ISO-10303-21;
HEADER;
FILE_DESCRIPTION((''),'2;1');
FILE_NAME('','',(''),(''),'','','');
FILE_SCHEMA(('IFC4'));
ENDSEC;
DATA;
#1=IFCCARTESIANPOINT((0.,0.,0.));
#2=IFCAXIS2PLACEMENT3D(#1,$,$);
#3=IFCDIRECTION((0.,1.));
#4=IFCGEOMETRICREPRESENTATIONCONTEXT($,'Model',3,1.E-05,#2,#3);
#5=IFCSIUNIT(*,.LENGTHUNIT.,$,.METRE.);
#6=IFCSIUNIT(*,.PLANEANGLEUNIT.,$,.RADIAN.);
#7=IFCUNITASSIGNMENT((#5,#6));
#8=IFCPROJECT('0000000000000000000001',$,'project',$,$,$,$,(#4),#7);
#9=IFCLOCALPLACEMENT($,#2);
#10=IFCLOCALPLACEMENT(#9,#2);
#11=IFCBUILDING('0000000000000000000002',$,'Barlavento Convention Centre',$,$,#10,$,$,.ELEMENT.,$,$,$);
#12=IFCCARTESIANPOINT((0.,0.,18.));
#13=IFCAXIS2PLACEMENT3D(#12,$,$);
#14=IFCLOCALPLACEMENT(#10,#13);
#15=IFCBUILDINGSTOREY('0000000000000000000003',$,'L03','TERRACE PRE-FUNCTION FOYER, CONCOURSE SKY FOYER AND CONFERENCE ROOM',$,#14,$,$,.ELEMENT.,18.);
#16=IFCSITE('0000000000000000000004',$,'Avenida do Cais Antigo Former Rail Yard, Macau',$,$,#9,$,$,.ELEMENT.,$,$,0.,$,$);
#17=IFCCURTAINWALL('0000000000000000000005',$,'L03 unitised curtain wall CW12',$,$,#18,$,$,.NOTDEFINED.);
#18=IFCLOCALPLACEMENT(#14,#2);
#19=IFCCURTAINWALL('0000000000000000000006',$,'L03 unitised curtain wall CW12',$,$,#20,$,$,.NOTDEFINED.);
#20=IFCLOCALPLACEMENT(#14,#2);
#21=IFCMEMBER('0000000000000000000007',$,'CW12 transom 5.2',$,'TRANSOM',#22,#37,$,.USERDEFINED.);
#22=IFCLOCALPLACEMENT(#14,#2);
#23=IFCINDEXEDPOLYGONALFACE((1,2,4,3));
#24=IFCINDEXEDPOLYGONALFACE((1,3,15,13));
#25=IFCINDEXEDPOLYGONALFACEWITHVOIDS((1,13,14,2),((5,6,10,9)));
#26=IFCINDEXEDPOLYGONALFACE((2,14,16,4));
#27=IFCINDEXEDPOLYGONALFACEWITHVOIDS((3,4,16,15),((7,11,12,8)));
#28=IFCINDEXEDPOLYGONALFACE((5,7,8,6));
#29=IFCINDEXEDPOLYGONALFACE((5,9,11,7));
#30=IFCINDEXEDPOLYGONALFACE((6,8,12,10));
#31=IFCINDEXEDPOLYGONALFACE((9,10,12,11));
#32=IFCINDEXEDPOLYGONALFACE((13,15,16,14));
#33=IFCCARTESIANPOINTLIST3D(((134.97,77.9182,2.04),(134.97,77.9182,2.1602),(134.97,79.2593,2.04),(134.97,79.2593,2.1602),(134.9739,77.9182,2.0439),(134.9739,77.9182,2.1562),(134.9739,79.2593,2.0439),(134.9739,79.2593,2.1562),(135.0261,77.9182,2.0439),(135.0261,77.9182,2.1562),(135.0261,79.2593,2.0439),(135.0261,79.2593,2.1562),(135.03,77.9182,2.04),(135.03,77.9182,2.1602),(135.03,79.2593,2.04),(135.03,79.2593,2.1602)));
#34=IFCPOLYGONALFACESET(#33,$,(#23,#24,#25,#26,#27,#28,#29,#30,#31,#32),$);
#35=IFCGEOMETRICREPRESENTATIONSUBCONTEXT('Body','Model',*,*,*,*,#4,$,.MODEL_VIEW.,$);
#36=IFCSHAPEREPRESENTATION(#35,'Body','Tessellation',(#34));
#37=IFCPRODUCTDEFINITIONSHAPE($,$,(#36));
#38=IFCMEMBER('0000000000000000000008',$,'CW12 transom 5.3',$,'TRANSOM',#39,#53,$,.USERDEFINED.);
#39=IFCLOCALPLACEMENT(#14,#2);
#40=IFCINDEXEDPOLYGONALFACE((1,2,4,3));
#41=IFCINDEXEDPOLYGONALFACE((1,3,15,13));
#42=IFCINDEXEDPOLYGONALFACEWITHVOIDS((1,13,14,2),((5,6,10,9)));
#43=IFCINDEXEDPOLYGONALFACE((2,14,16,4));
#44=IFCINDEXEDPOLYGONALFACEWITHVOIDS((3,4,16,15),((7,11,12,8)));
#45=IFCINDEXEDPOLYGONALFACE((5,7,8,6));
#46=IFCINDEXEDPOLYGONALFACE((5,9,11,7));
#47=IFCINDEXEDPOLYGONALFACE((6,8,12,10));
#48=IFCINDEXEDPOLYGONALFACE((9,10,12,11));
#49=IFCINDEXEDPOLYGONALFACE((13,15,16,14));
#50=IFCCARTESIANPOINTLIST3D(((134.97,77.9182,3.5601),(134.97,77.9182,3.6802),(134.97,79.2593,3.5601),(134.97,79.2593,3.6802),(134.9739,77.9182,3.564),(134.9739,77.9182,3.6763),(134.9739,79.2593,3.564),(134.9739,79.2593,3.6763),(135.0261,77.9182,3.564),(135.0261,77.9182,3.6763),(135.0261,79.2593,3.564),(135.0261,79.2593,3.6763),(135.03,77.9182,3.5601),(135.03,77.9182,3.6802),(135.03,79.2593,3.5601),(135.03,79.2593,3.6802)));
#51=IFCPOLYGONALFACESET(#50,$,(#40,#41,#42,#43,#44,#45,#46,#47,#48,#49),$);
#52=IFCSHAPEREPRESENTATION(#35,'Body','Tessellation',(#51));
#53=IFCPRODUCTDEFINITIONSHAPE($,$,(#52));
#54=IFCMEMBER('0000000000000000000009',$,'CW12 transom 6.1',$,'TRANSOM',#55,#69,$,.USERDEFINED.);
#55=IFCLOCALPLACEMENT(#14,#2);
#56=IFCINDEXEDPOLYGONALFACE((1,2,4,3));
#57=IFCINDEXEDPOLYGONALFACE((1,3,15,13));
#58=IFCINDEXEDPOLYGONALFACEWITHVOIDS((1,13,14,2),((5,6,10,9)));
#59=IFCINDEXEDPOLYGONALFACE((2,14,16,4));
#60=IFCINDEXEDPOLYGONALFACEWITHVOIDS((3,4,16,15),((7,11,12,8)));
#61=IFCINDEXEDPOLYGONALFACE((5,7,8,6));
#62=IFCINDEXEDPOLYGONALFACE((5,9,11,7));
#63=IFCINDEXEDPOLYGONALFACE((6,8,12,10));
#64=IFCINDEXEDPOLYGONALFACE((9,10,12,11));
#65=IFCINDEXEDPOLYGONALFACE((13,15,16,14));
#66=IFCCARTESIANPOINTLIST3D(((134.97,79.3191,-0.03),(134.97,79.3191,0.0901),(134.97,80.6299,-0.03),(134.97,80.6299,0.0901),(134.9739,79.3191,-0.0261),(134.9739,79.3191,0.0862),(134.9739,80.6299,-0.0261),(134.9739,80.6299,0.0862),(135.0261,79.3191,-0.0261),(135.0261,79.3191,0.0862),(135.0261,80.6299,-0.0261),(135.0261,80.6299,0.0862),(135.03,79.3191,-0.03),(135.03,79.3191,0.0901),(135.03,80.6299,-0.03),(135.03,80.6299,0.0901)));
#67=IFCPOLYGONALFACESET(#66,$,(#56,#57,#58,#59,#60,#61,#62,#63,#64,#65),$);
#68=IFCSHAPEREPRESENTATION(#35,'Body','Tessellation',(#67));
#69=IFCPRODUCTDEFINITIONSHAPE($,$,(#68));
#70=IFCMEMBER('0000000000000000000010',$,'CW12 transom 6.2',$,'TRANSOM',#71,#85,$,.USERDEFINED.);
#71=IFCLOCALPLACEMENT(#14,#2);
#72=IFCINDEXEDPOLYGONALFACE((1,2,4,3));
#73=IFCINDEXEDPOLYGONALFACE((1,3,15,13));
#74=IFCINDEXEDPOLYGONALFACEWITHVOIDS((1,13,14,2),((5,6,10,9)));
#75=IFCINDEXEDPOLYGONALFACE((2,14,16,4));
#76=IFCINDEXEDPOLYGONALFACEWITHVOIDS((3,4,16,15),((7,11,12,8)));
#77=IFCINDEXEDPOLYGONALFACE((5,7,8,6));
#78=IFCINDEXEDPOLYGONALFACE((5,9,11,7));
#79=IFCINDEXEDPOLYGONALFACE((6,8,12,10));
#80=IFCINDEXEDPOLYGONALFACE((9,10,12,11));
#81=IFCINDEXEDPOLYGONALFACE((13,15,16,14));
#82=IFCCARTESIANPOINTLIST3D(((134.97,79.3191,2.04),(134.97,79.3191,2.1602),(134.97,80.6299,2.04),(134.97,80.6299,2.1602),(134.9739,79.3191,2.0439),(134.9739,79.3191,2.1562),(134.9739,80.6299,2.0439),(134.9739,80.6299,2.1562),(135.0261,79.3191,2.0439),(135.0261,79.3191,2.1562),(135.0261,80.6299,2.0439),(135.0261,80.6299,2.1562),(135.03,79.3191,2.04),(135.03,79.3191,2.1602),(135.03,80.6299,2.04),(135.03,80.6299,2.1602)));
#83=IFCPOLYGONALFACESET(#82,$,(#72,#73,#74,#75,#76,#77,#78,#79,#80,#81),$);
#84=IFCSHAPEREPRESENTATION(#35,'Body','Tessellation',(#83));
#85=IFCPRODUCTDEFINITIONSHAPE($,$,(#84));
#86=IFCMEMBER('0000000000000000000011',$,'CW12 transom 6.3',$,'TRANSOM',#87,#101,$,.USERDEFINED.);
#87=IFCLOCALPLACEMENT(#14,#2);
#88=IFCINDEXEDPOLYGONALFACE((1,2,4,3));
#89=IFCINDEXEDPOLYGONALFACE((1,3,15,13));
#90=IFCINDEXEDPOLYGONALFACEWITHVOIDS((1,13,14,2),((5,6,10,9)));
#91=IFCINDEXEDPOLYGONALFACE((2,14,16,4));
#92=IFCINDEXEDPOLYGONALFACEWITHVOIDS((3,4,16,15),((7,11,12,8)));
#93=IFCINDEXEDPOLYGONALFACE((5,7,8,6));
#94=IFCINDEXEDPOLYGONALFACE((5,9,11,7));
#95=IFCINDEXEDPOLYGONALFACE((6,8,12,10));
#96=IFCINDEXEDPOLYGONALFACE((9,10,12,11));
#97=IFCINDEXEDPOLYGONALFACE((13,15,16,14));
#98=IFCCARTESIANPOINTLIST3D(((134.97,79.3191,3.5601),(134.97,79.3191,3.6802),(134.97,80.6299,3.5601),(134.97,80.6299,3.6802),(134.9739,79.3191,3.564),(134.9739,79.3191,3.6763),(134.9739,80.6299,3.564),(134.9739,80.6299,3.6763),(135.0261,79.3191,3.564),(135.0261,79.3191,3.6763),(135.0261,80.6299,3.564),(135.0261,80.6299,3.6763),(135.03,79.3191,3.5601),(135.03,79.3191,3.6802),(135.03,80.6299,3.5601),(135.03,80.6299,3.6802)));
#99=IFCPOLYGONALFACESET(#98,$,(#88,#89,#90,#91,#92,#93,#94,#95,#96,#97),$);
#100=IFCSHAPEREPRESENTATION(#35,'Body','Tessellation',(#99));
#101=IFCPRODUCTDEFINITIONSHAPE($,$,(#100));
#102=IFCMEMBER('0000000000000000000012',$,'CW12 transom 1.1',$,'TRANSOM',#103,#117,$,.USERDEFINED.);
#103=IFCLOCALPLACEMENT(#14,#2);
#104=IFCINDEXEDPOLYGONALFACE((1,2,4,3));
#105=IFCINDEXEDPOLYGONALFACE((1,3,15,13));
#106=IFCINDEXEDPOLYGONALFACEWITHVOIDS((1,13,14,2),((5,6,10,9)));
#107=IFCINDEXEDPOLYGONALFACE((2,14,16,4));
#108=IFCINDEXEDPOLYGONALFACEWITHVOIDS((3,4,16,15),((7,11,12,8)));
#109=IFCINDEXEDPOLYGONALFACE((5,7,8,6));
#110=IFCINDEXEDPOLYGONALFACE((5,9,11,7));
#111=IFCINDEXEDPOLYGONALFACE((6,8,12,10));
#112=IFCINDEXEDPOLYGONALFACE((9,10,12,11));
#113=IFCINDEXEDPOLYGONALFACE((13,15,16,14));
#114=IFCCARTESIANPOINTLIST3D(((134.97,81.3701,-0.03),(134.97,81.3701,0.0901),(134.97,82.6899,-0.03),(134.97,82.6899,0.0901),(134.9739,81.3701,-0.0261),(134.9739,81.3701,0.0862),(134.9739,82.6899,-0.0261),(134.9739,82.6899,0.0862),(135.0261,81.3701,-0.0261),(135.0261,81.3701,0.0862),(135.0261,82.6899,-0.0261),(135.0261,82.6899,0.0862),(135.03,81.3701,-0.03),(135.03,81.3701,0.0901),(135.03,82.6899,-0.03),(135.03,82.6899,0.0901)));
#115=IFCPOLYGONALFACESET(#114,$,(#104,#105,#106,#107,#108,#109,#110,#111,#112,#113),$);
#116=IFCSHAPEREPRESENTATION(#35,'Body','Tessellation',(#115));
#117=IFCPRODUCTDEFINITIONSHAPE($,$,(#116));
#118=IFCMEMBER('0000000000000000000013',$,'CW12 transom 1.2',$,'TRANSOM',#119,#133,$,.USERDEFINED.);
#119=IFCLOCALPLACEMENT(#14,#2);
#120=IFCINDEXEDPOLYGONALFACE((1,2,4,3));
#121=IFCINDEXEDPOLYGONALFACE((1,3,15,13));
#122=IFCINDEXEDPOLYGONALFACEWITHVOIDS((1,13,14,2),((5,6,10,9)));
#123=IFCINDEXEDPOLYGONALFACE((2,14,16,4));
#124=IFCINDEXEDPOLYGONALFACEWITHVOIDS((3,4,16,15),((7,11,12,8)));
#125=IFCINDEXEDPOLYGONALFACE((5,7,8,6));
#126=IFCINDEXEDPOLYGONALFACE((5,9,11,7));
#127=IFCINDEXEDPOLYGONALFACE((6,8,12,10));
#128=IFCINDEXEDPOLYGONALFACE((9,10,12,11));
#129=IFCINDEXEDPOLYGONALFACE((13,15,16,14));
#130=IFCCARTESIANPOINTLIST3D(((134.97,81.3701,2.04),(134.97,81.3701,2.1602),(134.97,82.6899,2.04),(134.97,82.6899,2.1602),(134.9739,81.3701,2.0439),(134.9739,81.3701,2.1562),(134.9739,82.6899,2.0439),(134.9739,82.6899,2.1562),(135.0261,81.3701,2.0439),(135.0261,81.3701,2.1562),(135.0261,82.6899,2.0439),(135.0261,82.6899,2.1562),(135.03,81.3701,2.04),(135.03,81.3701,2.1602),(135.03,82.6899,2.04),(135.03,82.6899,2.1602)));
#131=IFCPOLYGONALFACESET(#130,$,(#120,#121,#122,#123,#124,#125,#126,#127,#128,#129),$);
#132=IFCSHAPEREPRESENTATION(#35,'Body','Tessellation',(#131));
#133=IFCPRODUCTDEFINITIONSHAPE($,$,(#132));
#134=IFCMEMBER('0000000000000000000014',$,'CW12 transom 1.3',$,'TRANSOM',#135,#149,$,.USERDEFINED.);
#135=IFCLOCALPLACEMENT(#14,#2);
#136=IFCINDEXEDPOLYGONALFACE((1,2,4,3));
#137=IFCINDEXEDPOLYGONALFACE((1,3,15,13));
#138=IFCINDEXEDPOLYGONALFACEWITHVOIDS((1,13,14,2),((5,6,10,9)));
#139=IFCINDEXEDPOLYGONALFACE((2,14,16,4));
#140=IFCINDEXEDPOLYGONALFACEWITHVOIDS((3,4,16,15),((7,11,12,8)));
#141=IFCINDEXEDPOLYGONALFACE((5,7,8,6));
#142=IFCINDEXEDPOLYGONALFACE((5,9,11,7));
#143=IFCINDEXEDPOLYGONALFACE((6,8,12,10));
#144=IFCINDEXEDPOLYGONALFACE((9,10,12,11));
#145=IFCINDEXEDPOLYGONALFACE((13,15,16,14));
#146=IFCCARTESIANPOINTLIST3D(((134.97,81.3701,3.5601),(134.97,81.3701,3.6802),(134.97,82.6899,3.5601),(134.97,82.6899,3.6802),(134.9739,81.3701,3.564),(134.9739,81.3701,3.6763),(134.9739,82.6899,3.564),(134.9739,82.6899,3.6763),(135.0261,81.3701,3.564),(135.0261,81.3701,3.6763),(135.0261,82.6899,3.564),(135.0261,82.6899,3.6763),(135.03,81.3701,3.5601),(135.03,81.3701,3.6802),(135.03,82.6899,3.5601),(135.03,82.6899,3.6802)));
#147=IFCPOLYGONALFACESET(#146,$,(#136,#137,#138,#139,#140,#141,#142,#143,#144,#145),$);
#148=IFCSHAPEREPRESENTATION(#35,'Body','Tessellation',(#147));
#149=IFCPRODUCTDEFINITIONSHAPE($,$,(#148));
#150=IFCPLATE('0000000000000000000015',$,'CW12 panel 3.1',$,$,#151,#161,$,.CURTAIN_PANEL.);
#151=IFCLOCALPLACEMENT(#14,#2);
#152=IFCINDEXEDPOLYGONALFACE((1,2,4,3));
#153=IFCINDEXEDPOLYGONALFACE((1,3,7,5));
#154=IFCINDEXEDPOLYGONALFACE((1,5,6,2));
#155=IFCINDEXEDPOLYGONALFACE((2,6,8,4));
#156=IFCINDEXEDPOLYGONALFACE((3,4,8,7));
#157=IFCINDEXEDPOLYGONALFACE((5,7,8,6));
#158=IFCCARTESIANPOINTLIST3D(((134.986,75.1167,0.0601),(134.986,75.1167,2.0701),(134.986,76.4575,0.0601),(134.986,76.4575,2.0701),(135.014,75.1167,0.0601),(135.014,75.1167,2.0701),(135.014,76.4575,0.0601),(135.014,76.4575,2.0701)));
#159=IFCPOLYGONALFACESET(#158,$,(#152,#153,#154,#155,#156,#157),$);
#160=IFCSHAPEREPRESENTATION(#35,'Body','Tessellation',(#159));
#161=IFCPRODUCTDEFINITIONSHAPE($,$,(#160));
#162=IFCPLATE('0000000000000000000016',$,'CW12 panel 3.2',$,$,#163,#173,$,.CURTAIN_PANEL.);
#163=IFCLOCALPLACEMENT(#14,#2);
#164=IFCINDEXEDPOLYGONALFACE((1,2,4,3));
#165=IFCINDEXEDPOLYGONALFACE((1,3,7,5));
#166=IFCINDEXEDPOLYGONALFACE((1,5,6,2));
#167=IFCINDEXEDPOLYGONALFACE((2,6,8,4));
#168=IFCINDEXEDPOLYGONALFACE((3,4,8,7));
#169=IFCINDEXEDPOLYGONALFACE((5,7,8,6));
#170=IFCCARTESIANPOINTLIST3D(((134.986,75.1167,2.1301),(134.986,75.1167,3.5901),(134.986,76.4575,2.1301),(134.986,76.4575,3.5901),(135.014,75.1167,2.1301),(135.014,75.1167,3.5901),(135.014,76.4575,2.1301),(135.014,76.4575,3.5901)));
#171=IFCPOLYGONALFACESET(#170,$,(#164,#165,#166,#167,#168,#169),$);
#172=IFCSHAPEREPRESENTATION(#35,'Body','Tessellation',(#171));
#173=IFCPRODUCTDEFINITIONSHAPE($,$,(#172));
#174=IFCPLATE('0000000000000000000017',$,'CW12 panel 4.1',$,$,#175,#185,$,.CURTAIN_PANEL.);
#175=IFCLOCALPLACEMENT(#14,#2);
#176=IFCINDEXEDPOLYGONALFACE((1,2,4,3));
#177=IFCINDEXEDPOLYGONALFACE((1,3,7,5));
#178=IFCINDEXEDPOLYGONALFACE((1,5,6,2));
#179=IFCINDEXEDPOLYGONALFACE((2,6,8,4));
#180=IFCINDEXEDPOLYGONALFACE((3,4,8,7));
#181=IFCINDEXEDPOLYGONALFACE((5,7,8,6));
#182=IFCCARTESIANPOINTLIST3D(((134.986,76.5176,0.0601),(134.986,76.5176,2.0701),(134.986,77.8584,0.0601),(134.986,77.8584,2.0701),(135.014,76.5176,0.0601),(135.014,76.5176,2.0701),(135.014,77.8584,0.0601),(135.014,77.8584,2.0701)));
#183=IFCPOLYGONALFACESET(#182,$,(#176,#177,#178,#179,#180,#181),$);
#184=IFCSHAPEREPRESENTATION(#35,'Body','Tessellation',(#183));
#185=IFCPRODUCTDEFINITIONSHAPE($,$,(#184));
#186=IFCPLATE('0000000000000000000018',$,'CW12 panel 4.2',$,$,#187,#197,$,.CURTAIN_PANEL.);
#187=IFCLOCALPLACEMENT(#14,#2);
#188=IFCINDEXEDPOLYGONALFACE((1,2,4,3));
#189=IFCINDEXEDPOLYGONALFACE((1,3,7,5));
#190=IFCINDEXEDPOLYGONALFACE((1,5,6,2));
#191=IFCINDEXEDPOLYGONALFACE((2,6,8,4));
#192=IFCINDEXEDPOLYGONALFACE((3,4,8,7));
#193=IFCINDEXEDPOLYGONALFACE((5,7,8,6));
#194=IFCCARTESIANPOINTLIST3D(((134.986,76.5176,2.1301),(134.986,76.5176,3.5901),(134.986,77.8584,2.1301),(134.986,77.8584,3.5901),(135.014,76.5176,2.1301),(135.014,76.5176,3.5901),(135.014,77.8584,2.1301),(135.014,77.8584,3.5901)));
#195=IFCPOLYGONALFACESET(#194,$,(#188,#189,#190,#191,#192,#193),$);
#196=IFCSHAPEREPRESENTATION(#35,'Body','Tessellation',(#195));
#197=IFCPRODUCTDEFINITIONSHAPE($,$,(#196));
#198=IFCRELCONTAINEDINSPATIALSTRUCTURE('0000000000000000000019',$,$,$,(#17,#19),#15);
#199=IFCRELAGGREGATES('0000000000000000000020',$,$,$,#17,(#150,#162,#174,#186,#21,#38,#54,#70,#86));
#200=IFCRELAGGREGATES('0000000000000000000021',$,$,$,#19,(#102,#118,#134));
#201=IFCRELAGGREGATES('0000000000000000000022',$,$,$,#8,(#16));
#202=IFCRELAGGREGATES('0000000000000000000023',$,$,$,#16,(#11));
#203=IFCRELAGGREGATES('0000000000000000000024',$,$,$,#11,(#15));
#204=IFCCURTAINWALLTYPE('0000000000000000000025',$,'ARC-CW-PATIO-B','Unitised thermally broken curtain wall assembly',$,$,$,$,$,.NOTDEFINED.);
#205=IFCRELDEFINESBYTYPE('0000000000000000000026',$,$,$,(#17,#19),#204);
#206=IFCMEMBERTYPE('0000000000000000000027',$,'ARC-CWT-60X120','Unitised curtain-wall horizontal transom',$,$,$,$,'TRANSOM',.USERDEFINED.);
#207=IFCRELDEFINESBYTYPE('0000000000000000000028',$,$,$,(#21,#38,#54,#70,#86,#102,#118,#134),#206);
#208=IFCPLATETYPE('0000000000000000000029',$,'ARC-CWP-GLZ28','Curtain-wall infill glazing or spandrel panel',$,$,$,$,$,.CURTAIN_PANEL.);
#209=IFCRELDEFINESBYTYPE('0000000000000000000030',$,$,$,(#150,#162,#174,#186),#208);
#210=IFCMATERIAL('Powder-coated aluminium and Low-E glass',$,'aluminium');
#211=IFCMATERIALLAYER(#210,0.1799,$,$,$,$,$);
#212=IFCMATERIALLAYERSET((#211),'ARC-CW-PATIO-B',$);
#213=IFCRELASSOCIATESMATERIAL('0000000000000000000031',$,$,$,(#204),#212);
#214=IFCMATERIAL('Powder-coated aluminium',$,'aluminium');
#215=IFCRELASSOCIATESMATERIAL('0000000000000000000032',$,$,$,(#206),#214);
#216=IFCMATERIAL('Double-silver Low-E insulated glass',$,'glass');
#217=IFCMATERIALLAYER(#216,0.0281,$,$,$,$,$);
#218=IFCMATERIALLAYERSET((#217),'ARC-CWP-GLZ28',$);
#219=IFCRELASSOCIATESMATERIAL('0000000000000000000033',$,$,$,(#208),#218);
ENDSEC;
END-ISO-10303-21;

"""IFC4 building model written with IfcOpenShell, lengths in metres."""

from ifc_helpers import new_model, si_unit, direction, frame, origin, origin_2d, place, context, subcontext, project, spatial, rectangle, hollow_rectangle, extrude, material, layer, layer_set, material_profile, profile_set, type_object, element, aggregate, save


model = new_model("IFC4")

# Units and contexts
model_context = context("Model", 3, precision=1e-05, world=origin(), true_north=direction((0.0, 1.0)))
body_context = subcontext(model_context, "Body", "Model", "MODEL_VIEW")
ifc_project = project(units=[si_unit("LENGTHUNIT", "METRE"), si_unit("PLANEANGLEUNIT", "RADIAN")], contexts=[model_context])

# Site, building, storey
site_placement = place(None, origin())
site = spatial("IfcSite", under=ifc_project, at=site_placement, Name="Avenida do Cais Antigo Former Rail Yard, Macau", CompositionType="ELEMENT", RefElevation=0.0)
building_placement = place(site_placement, origin())
building = spatial("IfcBuilding", under=site, at=building_placement, Name="Barlavento Convention Centre", CompositionType="ELEMENT")
storey_placement = place(building_placement, frame((0.0, 0.0, 18.0)))
storey = spatial("IfcBuildingStorey", under=building, at=storey_placement, Name="L03", Description="TERRACE PRE-FUNCTION FOYER, CONCOURSE SKY FOYER AND CONFERENCE ROOM", CompositionType="ELEMENT", Elevation=18.0)

# Curtain wall
ifc_material_1 = material(Name="Powder-coated aluminium and Low-E glass", Category="aluminium")
ifc_layer_1 = layer(ifc_material_1, 0.1799)
ifc_layer_set_1 = layer_set([ifc_layer_1], Name="ARC-CW-PATIO-B")
curtain_wall_type = type_object("IfcCurtainWallType", Name="ARC-CW-PATIO-B", Description="Unitised thermally broken curtain wall assembly", PredefinedType="NOTDEFINED", material=ifc_layer_set_1)
curtain_wall_1_placement = place(storey_placement, origin())
curtain_wall_1 = element("IfcCurtainWall", 1, at=curtain_wall_1_placement, inside=storey, type_object=curtain_wall_type, Name="L03 unitised curtain wall CW12", PredefinedType="NOTDEFINED")
ifc_material_2 = material(Name="Powder-coated aluminium", Category="aluminium")

# Curtain wall
curtain_wall_2_placement = place(storey_placement, origin())
curtain_wall_2 = element("IfcCurtainWall", 2, at=curtain_wall_2_placement, inside=storey, type_object=curtain_wall_type, Name="L03 unitised curtain wall CW12", PredefinedType="NOTDEFINED")

# Members
ifc_material_profile_1 = material_profile(ifc_material_2, hollow_rectangle(XDim=0.0601, YDim=0.1201, WallThickness=0.0039, at=origin_2d()), Name="AL-TRAN 60x120x4")
ifc_profile_set_1 = profile_set([ifc_material_profile_1], Name="Powder-coated aluminium")
member_type_1 = type_object("IfcMemberType", Name="ARC-CWT-60X120", Description="Unitised curtain-wall horizontal transom", ElementType="TRANSOM", PredefinedType="USERDEFINED", material=ifc_profile_set_1)
member_1_placement = place(storey_placement, frame((135.0, 77.9182, 2.1001), z_axis=(0.0, 1.0, 0.0), x_axis=(-1.0, 0.0, 0.0)))
member_1 = element("IfcMember", 3, at=member_1_placement, type_object=member_type_1, Name="CW12 transom 5.2", ObjectType="TRANSOM", PredefinedType="USERDEFINED", context=body_context, shape_type="SweptSolid", body=[
    extrude(hollow_rectangle(XDim=0.0601, YDim=0.1201, WallThickness=0.0039, at=origin_2d()), origin(), (0.0, 0.0, 1.0), 1.3411),
])
member_2_placement = place(storey_placement, frame((135.0, 77.9182, 3.6201), z_axis=(0.0, 1.0, 0.0), x_axis=(-1.0, 0.0, 0.0)))
member_2 = element("IfcMember", 4, at=member_2_placement, type_object=member_type_1, Name="CW12 transom 5.3", ObjectType="TRANSOM", PredefinedType="USERDEFINED", context=body_context, shape_type="SweptSolid", body=[
    extrude(hollow_rectangle(XDim=0.0601, YDim=0.1201, WallThickness=0.0039, at=origin_2d()), origin(), (0.0, 0.0, 1.0), 1.3411),
])
member_3_placement = place(storey_placement, frame((135.0, 79.3191, 0.03), z_axis=(0.0, 1.0, 0.0), x_axis=(-1.0, 0.0, 0.0)))
member_3 = element("IfcMember", 5, at=member_3_placement, type_object=member_type_1, Name="CW12 transom 6.1", ObjectType="TRANSOM", PredefinedType="USERDEFINED", context=body_context, shape_type="SweptSolid", body=[
    extrude(hollow_rectangle(XDim=0.0601, YDim=0.1201, WallThickness=0.0039, at=origin_2d()), origin(), (0.0, 0.0, 1.0), 1.3108),
])
member_4_placement = place(storey_placement, frame((135.0, 79.3191, 2.1001), z_axis=(0.0, 1.0, 0.0), x_axis=(-1.0, 0.0, 0.0)))
member_4 = element("IfcMember", 6, at=member_4_placement, type_object=member_type_1, Name="CW12 transom 6.2", ObjectType="TRANSOM", PredefinedType="USERDEFINED", context=body_context, shape_type="SweptSolid", body=[
    extrude(hollow_rectangle(XDim=0.0601, YDim=0.1201, WallThickness=0.0039, at=origin_2d()), origin(), (0.0, 0.0, 1.0), 1.3108),
])
member_5_placement = place(storey_placement, frame((135.0, 79.3191, 3.6201), z_axis=(0.0, 1.0, 0.0), x_axis=(-1.0, 0.0, 0.0)))
member_5 = element("IfcMember", 7, at=member_5_placement, type_object=member_type_1, Name="CW12 transom 6.3", ObjectType="TRANSOM", PredefinedType="USERDEFINED", context=body_context, shape_type="SweptSolid", body=[
    extrude(hollow_rectangle(XDim=0.0601, YDim=0.1201, WallThickness=0.0039, at=origin_2d()), origin(), (0.0, 0.0, 1.0), 1.3108),
])
member_6_placement = place(storey_placement, frame((135.0, 81.3701, 0.03), z_axis=(0.0, 1.0, 0.0), x_axis=(-1.0, 0.0, 0.0)))
member_6 = element("IfcMember", 8, at=member_6_placement, type_object=member_type_1, Name="CW12 transom 1.1", ObjectType="TRANSOM", PredefinedType="USERDEFINED", context=body_context, shape_type="SweptSolid", body=[
    extrude(hollow_rectangle(XDim=0.0601, YDim=0.1201, WallThickness=0.0039, at=origin_2d()), origin(), (0.0, 0.0, 1.0), 1.3198),
])
member_7_placement = place(storey_placement, frame((135.0, 81.3701, 2.1001), z_axis=(0.0, 1.0, 0.0), x_axis=(-1.0, 0.0, 0.0)))
member_7 = element("IfcMember", 9, at=member_7_placement, type_object=member_type_1, Name="CW12 transom 1.2", ObjectType="TRANSOM", PredefinedType="USERDEFINED", context=body_context, shape_type="SweptSolid", body=[
    extrude(hollow_rectangle(XDim=0.0601, YDim=0.1201, WallThickness=0.0039, at=origin_2d()), origin(), (0.0, 0.0, 1.0), 1.3198),
])
member_8_placement = place(storey_placement, frame((135.0, 81.3701, 3.6201), z_axis=(0.0, 1.0, 0.0), x_axis=(-1.0, 0.0, 0.0)))
member_8 = element("IfcMember", 10, at=member_8_placement, type_object=member_type_1, Name="CW12 transom 1.3", ObjectType="TRANSOM", PredefinedType="USERDEFINED", context=body_context, shape_type="SweptSolid", body=[
    extrude(hollow_rectangle(XDim=0.0601, YDim=0.1201, WallThickness=0.0039, at=origin_2d()), origin(), (0.0, 0.0, 1.0), 1.3198),
])

# Plates
ifc_material_3 = material(Name="Double-silver Low-E insulated glass", Category="glass")
ifc_layer_2 = layer(ifc_material_3, 0.0281)
ifc_layer_set_2 = layer_set([ifc_layer_2], Name="ARC-CWP-GLZ28")
plate_type = type_object("IfcPlateType", Name="ARC-CWP-GLZ28", Description="Curtain-wall infill glazing or spandrel panel", PredefinedType="CURTAIN_PANEL", material=ifc_layer_set_2)
plate_1_placement = place(storey_placement, frame((135.0, 75.7871, 0.0601), z_axis=(0.0, 0.0, 1.0), x_axis=(0.0, 1.0, 0.0)))
plate_1 = element("IfcPlate", 11, at=plate_1_placement, type_object=plate_type, Name="CW12 panel 3.1", PredefinedType="CURTAIN_PANEL", context=body_context, shape_type="SweptSolid", body=[
    extrude(rectangle(XDim=1.3408, YDim=0.0281, at=origin_2d()), origin(), (0.0, 0.0, 1.0), 2.01),
])
plate_2_placement = place(storey_placement, frame((135.0, 75.7871, 2.1301), z_axis=(0.0, 0.0, 1.0), x_axis=(0.0, 1.0, 0.0)))
plate_2 = element("IfcPlate", 12, at=plate_2_placement, type_object=plate_type, Name="CW12 panel 3.2", PredefinedType="CURTAIN_PANEL", context=body_context, shape_type="SweptSolid", body=[
    extrude(rectangle(XDim=1.3408, YDim=0.0281, at=origin_2d()), origin(), (0.0, 0.0, 1.0), 1.46),
])
plate_3_placement = place(storey_placement, frame((135.0, 77.188, 0.0601), z_axis=(0.0, 0.0, 1.0), x_axis=(0.0, 1.0, 0.0)))
plate_3 = element("IfcPlate", 13, at=plate_3_placement, type_object=plate_type, Name="CW12 panel 4.1", PredefinedType="CURTAIN_PANEL", context=body_context, shape_type="SweptSolid", body=[
    extrude(rectangle(XDim=1.3408, YDim=0.0281, at=origin_2d()), origin(), (0.0, 0.0, 1.0), 2.01),
])
plate_4_placement = place(storey_placement, frame((135.0, 77.188, 2.1301), z_axis=(0.0, 0.0, 1.0), x_axis=(0.0, 1.0, 0.0)))
plate_4 = element("IfcPlate", 14, at=plate_4_placement, type_object=plate_type, Name="CW12 panel 4.2", PredefinedType="CURTAIN_PANEL", context=body_context, shape_type="SweptSolid", body=[
    extrude(rectangle(XDim=1.3408, YDim=0.0281, at=origin_2d()), origin(), (0.0, 0.0, 1.0), 1.46),
])
aggregate(curtain_wall_1, [plate_1, plate_2, plate_3, plate_4, member_1, member_2, member_3, member_4, member_5])
aggregate(curtain_wall_2, [member_6, member_7, member_8])

save(model, "model.ifc")
